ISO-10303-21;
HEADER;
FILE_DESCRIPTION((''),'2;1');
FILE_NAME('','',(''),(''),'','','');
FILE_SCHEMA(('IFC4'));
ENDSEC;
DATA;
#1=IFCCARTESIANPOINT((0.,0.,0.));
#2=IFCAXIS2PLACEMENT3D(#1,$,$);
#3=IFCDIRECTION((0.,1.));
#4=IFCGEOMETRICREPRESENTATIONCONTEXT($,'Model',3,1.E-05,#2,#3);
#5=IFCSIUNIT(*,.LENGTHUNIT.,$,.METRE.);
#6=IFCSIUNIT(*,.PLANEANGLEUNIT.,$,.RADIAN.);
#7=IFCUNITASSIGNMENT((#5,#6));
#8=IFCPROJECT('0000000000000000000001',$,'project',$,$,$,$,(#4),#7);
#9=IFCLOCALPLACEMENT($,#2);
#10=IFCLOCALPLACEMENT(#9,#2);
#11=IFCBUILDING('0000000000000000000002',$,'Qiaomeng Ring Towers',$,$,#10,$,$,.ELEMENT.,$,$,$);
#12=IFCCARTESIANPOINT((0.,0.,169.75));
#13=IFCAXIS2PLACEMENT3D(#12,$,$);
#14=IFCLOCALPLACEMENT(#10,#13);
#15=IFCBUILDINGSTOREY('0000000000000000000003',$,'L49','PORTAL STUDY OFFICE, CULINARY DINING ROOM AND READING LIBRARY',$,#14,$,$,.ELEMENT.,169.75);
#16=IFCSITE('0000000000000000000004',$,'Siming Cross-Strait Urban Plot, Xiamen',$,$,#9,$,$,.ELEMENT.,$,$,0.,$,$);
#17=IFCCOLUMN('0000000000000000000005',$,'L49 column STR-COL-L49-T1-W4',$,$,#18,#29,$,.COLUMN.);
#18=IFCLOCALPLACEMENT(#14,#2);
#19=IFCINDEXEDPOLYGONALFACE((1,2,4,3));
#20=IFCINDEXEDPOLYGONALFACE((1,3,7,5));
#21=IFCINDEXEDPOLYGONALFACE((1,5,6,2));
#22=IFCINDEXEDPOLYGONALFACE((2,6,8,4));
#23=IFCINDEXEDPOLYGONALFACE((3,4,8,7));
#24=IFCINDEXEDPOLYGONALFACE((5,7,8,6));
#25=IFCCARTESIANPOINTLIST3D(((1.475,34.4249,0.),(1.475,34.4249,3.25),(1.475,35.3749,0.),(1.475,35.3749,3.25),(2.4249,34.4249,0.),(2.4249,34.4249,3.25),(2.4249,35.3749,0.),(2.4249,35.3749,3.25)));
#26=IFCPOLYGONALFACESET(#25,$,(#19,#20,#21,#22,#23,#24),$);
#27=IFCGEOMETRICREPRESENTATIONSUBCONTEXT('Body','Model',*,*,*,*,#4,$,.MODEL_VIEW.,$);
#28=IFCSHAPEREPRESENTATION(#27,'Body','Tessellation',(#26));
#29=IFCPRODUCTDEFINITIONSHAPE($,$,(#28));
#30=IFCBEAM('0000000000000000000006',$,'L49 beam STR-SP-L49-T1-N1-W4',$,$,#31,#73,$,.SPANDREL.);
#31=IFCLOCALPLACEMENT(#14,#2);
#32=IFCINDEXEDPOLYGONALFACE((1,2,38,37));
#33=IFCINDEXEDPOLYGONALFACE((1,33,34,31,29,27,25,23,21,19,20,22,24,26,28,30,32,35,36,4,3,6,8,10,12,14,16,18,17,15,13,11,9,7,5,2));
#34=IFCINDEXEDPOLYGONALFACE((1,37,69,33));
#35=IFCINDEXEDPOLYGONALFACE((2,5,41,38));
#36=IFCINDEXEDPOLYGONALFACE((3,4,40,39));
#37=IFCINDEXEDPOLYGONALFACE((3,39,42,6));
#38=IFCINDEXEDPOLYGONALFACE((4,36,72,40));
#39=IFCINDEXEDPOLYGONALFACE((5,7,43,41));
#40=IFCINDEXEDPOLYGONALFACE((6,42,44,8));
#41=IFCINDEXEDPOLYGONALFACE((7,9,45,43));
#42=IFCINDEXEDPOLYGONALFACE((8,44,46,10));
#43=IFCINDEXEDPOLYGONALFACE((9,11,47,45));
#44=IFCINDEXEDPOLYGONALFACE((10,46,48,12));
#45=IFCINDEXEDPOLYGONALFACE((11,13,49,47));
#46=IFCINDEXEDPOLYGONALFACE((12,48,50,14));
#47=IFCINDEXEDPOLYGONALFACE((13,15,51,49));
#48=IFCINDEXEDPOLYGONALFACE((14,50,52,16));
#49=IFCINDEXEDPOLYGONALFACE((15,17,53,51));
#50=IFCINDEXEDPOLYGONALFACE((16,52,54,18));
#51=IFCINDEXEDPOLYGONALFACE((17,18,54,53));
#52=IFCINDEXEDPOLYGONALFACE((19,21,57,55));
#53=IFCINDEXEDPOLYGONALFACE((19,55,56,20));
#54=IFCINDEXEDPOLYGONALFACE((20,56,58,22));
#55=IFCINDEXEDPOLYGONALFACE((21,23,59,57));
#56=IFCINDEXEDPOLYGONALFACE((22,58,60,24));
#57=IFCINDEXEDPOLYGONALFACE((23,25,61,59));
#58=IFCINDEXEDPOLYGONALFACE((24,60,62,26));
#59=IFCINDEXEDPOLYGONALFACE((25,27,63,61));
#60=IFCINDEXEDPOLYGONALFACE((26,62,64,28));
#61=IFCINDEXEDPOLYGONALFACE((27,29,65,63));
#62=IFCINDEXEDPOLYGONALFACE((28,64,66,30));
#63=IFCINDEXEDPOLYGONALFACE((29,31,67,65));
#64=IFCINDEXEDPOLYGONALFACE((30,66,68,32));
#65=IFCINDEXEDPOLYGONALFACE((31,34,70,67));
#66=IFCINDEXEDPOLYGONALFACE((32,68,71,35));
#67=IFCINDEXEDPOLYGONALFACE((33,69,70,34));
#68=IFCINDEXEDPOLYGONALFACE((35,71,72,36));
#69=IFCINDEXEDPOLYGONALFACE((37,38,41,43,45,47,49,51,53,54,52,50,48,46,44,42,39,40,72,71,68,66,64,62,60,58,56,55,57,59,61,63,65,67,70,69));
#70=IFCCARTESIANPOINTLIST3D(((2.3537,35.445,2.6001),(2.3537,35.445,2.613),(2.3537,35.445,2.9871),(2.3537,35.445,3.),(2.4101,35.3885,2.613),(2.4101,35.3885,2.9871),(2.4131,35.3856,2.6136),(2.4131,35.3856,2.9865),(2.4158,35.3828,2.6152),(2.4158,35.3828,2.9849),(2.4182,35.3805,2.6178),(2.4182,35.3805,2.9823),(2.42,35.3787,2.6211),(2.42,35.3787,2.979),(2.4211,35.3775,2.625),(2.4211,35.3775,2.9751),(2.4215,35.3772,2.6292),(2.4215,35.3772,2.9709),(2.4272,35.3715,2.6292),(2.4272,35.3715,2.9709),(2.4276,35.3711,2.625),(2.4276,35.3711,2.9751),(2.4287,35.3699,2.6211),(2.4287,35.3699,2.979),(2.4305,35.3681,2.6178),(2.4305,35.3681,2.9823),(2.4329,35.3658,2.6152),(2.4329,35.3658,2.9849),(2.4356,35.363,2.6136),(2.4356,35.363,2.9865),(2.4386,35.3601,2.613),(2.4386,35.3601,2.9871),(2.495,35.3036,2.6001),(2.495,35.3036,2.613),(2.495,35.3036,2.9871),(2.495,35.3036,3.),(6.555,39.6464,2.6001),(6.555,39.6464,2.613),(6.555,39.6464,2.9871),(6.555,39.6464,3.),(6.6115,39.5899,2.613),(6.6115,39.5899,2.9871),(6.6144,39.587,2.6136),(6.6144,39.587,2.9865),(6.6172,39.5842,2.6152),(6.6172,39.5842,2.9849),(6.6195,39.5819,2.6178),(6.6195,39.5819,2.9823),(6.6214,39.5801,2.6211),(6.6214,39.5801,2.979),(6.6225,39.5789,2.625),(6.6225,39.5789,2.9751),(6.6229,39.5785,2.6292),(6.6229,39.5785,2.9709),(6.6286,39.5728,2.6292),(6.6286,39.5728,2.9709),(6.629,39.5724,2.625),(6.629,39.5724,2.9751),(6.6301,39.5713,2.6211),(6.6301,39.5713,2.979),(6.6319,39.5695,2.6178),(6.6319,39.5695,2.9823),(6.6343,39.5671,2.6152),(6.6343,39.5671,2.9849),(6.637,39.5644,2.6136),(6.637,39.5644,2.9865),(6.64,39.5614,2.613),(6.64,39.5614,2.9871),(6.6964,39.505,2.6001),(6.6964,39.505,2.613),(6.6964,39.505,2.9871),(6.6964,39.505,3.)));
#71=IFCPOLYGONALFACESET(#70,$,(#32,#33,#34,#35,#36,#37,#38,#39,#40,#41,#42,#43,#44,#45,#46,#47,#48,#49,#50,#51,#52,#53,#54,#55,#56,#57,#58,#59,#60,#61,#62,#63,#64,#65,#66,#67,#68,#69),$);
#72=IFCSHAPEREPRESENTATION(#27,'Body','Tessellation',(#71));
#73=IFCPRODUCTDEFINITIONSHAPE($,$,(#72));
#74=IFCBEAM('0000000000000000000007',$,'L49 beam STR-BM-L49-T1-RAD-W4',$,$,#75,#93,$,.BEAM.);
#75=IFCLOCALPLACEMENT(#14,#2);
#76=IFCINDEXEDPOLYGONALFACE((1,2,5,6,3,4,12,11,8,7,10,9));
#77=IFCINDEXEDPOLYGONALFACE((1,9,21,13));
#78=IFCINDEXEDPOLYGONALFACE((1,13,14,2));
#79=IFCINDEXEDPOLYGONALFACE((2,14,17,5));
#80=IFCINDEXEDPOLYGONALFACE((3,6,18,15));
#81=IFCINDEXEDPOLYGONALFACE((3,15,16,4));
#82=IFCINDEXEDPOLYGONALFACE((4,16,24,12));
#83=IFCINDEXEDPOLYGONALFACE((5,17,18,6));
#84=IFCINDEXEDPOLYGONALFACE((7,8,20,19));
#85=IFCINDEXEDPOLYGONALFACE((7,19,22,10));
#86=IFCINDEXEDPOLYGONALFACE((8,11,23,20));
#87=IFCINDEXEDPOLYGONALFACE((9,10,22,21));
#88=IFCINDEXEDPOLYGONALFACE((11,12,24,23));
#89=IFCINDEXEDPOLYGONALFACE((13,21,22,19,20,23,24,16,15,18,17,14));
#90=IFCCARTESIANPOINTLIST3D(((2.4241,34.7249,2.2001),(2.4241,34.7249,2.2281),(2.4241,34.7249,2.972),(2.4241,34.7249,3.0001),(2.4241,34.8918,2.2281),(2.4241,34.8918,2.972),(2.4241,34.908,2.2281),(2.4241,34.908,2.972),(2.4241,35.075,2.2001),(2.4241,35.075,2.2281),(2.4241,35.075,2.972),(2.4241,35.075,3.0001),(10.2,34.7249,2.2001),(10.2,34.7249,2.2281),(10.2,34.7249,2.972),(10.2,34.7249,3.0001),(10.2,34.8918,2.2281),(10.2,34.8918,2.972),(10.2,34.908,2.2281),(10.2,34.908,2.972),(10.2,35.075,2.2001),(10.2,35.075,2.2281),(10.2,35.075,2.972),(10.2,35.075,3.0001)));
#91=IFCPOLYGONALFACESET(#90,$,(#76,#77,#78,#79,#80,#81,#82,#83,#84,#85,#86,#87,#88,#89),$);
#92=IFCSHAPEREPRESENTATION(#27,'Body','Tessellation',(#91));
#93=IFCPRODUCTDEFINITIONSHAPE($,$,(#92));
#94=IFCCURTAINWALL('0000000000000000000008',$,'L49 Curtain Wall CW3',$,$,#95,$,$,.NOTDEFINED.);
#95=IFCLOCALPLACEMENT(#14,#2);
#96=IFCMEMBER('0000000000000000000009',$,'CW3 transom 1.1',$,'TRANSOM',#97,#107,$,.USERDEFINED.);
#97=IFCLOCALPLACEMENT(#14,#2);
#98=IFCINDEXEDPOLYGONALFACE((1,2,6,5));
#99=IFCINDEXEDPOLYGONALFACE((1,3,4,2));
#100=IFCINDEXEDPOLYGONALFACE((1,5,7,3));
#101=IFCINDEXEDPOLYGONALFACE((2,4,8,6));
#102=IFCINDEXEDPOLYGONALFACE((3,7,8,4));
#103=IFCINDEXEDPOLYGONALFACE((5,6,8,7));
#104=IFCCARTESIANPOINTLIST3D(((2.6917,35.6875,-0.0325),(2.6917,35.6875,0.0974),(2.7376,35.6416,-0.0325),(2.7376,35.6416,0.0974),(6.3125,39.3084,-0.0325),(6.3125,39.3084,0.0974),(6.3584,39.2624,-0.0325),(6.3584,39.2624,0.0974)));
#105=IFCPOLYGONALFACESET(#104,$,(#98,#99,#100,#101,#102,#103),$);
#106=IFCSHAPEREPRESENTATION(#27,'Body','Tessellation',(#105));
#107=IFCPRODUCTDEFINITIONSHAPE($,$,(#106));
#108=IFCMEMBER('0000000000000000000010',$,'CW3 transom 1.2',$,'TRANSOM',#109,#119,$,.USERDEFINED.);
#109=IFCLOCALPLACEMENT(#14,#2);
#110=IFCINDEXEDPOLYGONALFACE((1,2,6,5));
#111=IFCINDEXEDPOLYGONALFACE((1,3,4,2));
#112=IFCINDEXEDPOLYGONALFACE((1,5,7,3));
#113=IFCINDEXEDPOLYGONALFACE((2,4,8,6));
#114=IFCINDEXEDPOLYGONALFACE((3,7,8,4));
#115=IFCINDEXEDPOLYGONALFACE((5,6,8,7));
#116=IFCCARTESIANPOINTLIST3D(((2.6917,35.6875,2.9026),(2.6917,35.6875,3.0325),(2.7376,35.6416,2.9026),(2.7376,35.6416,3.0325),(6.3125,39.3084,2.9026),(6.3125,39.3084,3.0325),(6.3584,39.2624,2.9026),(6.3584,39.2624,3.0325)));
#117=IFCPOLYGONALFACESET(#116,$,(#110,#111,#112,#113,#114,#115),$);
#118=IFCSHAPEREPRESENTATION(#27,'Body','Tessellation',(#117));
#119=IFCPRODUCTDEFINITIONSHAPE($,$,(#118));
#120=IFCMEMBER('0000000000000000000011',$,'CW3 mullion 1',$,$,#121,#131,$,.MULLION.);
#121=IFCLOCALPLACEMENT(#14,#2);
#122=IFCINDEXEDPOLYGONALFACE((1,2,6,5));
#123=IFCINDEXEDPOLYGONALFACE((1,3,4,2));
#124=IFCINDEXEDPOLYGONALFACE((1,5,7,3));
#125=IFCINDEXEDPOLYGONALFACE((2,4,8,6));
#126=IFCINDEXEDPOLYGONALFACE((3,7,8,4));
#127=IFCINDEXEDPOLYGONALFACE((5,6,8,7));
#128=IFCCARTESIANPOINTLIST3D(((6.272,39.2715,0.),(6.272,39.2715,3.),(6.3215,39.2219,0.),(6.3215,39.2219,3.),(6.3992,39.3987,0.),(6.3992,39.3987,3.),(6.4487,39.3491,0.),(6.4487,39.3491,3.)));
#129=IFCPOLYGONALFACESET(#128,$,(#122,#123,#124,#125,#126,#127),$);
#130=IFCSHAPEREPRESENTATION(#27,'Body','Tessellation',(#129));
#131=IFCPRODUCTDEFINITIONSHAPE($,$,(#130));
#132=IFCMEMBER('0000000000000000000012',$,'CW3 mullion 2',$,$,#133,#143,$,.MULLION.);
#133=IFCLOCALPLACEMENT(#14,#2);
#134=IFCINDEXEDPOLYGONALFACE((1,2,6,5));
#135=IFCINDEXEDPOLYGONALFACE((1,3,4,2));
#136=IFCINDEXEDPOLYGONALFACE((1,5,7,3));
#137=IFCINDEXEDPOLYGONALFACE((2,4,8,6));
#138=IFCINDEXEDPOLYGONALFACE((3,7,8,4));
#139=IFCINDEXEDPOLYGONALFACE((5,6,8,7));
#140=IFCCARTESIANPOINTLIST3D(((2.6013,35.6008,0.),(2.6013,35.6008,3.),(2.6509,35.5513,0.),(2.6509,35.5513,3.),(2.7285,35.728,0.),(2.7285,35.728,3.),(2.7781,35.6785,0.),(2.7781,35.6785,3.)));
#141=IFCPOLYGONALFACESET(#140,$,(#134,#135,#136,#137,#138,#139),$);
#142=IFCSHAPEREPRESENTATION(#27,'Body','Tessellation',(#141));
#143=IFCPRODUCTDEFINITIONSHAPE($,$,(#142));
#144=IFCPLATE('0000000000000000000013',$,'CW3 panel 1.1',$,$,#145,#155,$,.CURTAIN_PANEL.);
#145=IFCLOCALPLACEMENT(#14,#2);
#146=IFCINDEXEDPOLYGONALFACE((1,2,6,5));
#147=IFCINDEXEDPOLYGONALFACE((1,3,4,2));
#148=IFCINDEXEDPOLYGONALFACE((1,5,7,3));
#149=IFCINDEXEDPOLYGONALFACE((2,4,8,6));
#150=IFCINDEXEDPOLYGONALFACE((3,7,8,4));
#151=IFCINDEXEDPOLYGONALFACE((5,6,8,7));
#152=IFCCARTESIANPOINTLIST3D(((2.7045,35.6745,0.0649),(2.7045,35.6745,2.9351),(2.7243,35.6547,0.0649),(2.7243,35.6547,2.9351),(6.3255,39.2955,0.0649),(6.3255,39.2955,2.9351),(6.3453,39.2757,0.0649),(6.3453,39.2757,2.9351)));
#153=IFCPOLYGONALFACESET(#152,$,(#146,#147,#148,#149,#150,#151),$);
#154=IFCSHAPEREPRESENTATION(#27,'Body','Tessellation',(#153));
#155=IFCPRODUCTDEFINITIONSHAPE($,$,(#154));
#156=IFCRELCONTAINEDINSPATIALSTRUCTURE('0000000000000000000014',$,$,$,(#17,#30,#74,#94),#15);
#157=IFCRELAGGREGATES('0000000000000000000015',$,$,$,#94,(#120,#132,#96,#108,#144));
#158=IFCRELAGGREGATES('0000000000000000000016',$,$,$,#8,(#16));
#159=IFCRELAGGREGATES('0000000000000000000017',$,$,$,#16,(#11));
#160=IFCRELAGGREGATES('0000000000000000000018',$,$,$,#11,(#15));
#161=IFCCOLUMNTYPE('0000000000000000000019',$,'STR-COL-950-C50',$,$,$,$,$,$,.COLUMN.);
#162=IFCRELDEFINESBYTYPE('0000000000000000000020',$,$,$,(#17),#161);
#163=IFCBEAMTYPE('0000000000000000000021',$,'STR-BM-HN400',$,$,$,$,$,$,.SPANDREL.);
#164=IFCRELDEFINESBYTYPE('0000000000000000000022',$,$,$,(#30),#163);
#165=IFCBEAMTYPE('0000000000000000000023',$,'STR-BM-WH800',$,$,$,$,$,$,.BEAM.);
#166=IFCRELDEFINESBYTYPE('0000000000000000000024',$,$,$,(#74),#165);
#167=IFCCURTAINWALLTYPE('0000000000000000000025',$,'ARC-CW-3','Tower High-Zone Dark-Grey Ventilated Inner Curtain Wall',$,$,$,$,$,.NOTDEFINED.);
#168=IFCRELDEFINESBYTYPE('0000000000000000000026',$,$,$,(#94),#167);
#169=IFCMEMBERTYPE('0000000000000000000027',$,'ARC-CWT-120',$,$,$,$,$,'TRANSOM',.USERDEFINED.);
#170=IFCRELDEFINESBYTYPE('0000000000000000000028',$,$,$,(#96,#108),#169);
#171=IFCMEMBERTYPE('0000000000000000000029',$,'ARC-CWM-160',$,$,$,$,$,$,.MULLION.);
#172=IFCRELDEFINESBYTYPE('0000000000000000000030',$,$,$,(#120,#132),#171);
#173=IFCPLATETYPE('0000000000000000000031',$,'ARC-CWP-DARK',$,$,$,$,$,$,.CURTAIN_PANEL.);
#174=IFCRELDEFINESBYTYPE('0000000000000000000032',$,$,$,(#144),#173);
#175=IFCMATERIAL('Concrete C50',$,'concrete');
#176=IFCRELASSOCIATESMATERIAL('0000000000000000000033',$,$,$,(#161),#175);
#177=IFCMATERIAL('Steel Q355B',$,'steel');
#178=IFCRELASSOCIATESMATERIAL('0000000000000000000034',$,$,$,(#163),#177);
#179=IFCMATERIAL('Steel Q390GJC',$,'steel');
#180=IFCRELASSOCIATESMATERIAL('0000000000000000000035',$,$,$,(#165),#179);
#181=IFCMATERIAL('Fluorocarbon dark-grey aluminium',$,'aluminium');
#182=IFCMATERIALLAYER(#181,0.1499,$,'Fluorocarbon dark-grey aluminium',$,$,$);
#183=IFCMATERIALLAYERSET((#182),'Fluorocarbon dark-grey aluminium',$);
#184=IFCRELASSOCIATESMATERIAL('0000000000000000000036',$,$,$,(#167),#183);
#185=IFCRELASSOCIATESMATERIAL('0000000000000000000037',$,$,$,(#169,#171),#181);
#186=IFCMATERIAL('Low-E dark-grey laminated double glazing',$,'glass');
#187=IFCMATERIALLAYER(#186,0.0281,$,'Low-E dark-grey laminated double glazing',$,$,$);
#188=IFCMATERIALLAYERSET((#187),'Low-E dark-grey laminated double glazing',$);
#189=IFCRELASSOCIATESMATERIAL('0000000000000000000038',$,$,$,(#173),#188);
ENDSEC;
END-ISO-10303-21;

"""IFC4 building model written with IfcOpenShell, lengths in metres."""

from ifc_helpers import new_model, si_unit, direction, frame, origin, origin_2d, place, context, subcontext, project, spatial, rectangle, i_section, extrude, source, transform, mapped, material, layer, layer_set, material_profile, profile_set, type_object, element, aggregate, save


model = new_model("IFC4")

# Units and contexts
model_context = context("Model", 3, precision=1e-05, world=origin(), true_north=direction((0.0, 1.0)))
body_context = subcontext(model_context, "Body", "Model", "MODEL_VIEW")
ifc_project = project(units=[si_unit("LENGTHUNIT", "METRE"), si_unit("PLANEANGLEUNIT", "RADIAN")], contexts=[model_context])

# Site, building, storey
site_placement = place(None, origin())
site = spatial("IfcSite", under=ifc_project, at=site_placement, Name="Siming Cross-Strait Urban Plot, Xiamen", CompositionType="ELEMENT", RefElevation=0.0)
building_placement = place(site_placement, origin())
building = spatial("IfcBuilding", under=site, at=building_placement, Name="Qiaomeng Ring Towers", CompositionType="ELEMENT")
storey_placement = place(building_placement, frame((0.0, 0.0, 169.75)))
storey = spatial("IfcBuildingStorey", under=building, at=storey_placement, Name="L49", Description="PORTAL STUDY OFFICE, CULINARY DINING ROOM AND READING LIBRARY", CompositionType="ELEMENT", Elevation=169.75)

# Column
ifc_material_1 = material(Name="Concrete C50", Category="concrete")
ifc_material_profile_1 = material_profile(ifc_material_1, rectangle(XDim=0.95, YDim=0.95, at=origin_2d()), Name="RC COL 950x950")
ifc_profile_set_1 = profile_set([ifc_material_profile_1], Name="Concrete C50")
column_type = type_object("IfcColumnType", Name="STR-COL-950-C50", PredefinedType="COLUMN", material=ifc_profile_set_1)
shared_shape_1 = source(origin(), body_context, "Body", "SweptSolid", [
    extrude(rectangle(XDim=0.95, YDim=0.95, at=origin_2d()), origin(), (0.0, 0.0, 1.0), 3.25),
])
column_placement = place(storey_placement, frame((1.95, 34.8999, 0.0), z_axis=(0.0, 0.0, 1.0), x_axis=(1.0, 0.0, 0.0)))
element("IfcColumn", 1, at=column_placement, inside=storey, type_object=column_type, Name="L49 column STR-COL-L49-T1-W4", PredefinedType="COLUMN", context=body_context, shape_type="MappedRepresentation", body=[
    mapped(shared_shape_1, transform((0.0, 0.0, 0.0), x_axis=(1.0, 0.0, 0.0), y_axis=(0.0, 1.0, 0.0), z_axis=(0.0, 0.0, 1.0), scale=1.0)),
])

# Beams
ifc_material_2 = material(Name="Steel Q355B", Category="steel")
ifc_material_profile_2 = material_profile(ifc_material_2, i_section(OverallWidth=0.2, OverallDepth=0.3999, WebThickness=0.0081, FlangeThickness=0.0129, FilletRadius=0.0161, at=origin_2d()), Name="HN 400x200x8x13")
ifc_profile_set_2 = profile_set([ifc_material_profile_2], Name="Steel Q355B")
beam_type_1 = type_object("IfcBeamType", Name="STR-BM-HN400", PredefinedType="SPANDREL", material=ifc_profile_set_2)
shared_shape_2 = source(origin(), body_context, "Body", "SweptSolid", [
    extrude(i_section(OverallWidth=0.2, OverallDepth=0.3999, WebThickness=0.0081, FlangeThickness=0.0129, FilletRadius=0.0161, at=origin_2d()), origin(), (0.0, 0.0, 1.0), 5.9417),
])
beam_1_placement = place(storey_placement, frame((6.6257, 39.5757, 2.8), z_axis=(-0.707107, -0.707107, 0.0), x_axis=(0.707107, -0.707107, 0.0)))
element("IfcBeam", 2, at=beam_1_placement, inside=storey, type_object=beam_type_1, Name="L49 beam STR-SP-L49-T1-N1-W4", PredefinedType="SPANDREL", context=body_context, shape_type="MappedRepresentation", body=[
    mapped(shared_shape_2, transform((0.0, 0.0, 0.0), x_axis=(1.0, 0.0, 0.0), y_axis=(0.0, 1.0, 0.0), z_axis=(0.0, 0.0, 1.0), scale=1.0)),
])
ifc_material_3 = material(Name="Steel Q390GJC", Category="steel")
ifc_material_profile_3 = material_profile(ifc_material_3, i_section(OverallWidth=0.3501, OverallDepth=0.8, WebThickness=0.0161, FlangeThickness=0.0281, at=origin_2d()), Name="WH 800x350x16x28")
ifc_profile_set_3 = profile_set([ifc_material_profile_3], Name="Steel Q390GJC")
beam_type_2 = type_object("IfcBeamType", Name="STR-BM-WH800", PredefinedType="BEAM", material=ifc_profile_set_3)
shared_shape_3 = source(origin(), body_context, "Body", "SweptSolid", [
    extrude(i_section(OverallWidth=0.3501, OverallDepth=0.8, WebThickness=0.0161, FlangeThickness=0.0281, at=origin_2d()), origin(), (0.0, 0.0, 1.0), 7.7759),
])
beam_2_placement = place(storey_placement, frame((2.4241, 34.8999, 2.6001), z_axis=(1.0, 0.0, 0.0), x_axis=(0.0, 1.0, 0.0)))
element("IfcBeam", 3, at=beam_2_placement, inside=storey, type_object=beam_type_2, Name="L49 beam STR-BM-L49-T1-RAD-W4", PredefinedType="BEAM", context=body_context, shape_type="MappedRepresentation", body=[
    mapped(shared_shape_3, transform((0.0, 0.0, 0.0), x_axis=(1.0, 0.0, 0.0), y_axis=(0.0, 1.0, 0.0), z_axis=(0.0, 0.0, 1.0), scale=1.0)),
])

# Curtain wall, members, plate
ifc_material_4 = material(Name="Fluorocarbon dark-grey aluminium", Category="aluminium")
ifc_layer_1 = layer(ifc_material_4, 0.1499, Name="Fluorocarbon dark-grey aluminium")
ifc_layer_set_1 = layer_set([ifc_layer_1], Name="Fluorocarbon dark-grey aluminium")
curtain_wall_type = type_object("IfcCurtainWallType", Name="ARC-CW-3", Description="Tower High-Zone Dark-Grey Ventilated Inner Curtain Wall", PredefinedType="NOTDEFINED", material=ifc_layer_set_1)
curtain_wall_placement = place(storey_placement, origin())
curtain_wall = element("IfcCurtainWall", 4, at=curtain_wall_placement, inside=storey, type_object=curtain_wall_type, Name="L49 Curtain Wall CW3", PredefinedType="NOTDEFINED")
ifc_material_profile_4 = material_profile(ifc_material_4, rectangle(XDim=0.0649, YDim=0.1299, at=origin_2d()), Name="ALU TRAN 65x130")
ifc_profile_set_4 = profile_set([ifc_material_profile_4], Name="Fluorocarbon dark-grey aluminium")
member_type_1 = type_object("IfcMemberType", Name="ARC-CWT-120", ElementType="TRANSOM", PredefinedType="USERDEFINED", material=ifc_profile_set_4)
shared_shape_4 = source(origin(), body_context, "Body", "SweptSolid", [
    extrude(rectangle(XDim=0.0649, YDim=0.1299, at=origin_2d()), origin(), (0.0, 0.0, 1.0), 5.1206),
])
member_1_placement = place(storey_placement, frame((6.3354, 39.2854, 0.0325), z_axis=(-0.707107, -0.707107, 0.0), x_axis=(0.707107, -0.707107, 0.0)))
member_1 = element("IfcMember", 5, at=member_1_placement, type_object=member_type_1, Name="CW3 transom 1.1", ObjectType="TRANSOM", PredefinedType="USERDEFINED", context=body_context, shape_type="MappedRepresentation", body=[
    mapped(shared_shape_4, transform((0.0, 0.0, 0.0), x_axis=(1.0, 0.0, 0.0), y_axis=(0.0, 1.0, 0.0), z_axis=(0.0, 0.0, 1.0), scale=1.0)),
])
member_2_placement = place(storey_placement, frame((6.3354, 39.2854, 2.9675), z_axis=(-0.707107, -0.707107, 0.0), x_axis=(0.707107, -0.707107, 0.0)))
member_2 = element("IfcMember", 6, at=member_2_placement, type_object=member_type_1, Name="CW3 transom 1.2", ObjectType="TRANSOM", PredefinedType="USERDEFINED", context=body_context, shape_type="MappedRepresentation", body=[
    mapped(shared_shape_4, transform((0.0, 0.0, 0.0), x_axis=(1.0, 0.0, 0.0), y_axis=(0.0, 1.0, 0.0), z_axis=(0.0, 0.0, 1.0), scale=1.0)),
])
ifc_material_profile_5 = material_profile(ifc_material_4, rectangle(XDim=0.0701, YDim=0.1799, at=origin_2d()), Name="ALU MULL 70x180")
ifc_profile_set_5 = profile_set([ifc_material_profile_5], Name="Fluorocarbon dark-grey aluminium")
member_type_2 = type_object("IfcMemberType", Name="ARC-CWM-160", PredefinedType="MULLION", material=ifc_profile_set_5)
shared_shape_5 = source(origin(), body_context, "Body", "SweptSolid", [
    extrude(rectangle(XDim=0.0701, YDim=0.1799, at=origin_2d()), origin(), (0.0, 0.0, 1.0), 3.0),
])
member_3_placement = place(storey_placement, frame((6.3604, 39.3103, 0.0), z_axis=(0.0, 0.0, 1.0), x_axis=(0.707107, -0.707107, 0.0)))
member_3 = element("IfcMember", 7, at=member_3_placement, type_object=member_type_2, Name="CW3 mullion 1", PredefinedType="MULLION", context=body_context, shape_type="MappedRepresentation", body=[
    mapped(shared_shape_5, transform((0.0, 0.0, 0.0), x_axis=(1.0, 0.0, 0.0), y_axis=(0.0, 1.0, 0.0), z_axis=(0.0, 0.0, 1.0), scale=1.0)),
])
member_4_placement = place(storey_placement, frame((2.6897, 35.6396, 0.0), z_axis=(0.0, 0.0, 1.0), x_axis=(0.707107, -0.707107, 0.0)))
member_4 = element("IfcMember", 8, at=member_4_placement, type_object=member_type_2, Name="CW3 mullion 2", PredefinedType="MULLION", context=body_context, shape_type="MappedRepresentation", body=[
    mapped(shared_shape_5, transform((0.0, 0.0, 0.0), x_axis=(1.0, 0.0, 0.0), y_axis=(0.0, 1.0, 0.0), z_axis=(0.0, 0.0, 1.0), scale=1.0)),
])
ifc_material_5 = material(Name="Low-E dark-grey laminated double glazing", Category="glass")
ifc_layer_2 = layer(ifc_material_5, 0.0281, Name="Low-E dark-grey laminated double glazing")
ifc_layer_set_2 = layer_set([ifc_layer_2], Name="Low-E dark-grey laminated double glazing")
plate_type = type_object("IfcPlateType", Name="ARC-CWP-DARK", PredefinedType="CURTAIN_PANEL", material=ifc_layer_set_2)
shared_shape_6 = source(origin(), body_context, "Body", "SweptSolid", [
    extrude(rectangle(XDim=5.1208, YDim=0.0281, at=origin_2d()), origin(), (0.0, 0.0, 1.0), 2.8701),
])
plate_placement = place(storey_placement, frame((4.5249, 37.4751, 0.0649), z_axis=(0.0, 0.0, 1.0), x_axis=(-0.707107, -0.707107, 0.0)))
plate = element("IfcPlate", 9, at=plate_placement, type_object=plate_type, Name="CW3 panel 1.1", PredefinedType="CURTAIN_PANEL", context=body_context, shape_type="MappedRepresentation", body=[
    mapped(shared_shape_6, transform((0.0, 0.0, 0.0), x_axis=(1.0, 0.0, 0.0), y_axis=(0.0, 1.0, 0.0), z_axis=(0.0, 0.0, 1.0), scale=1.0)),
])
aggregate(curtain_wall, [member_3, member_4, member_1, member_2, plate])

save(model, "model.ifc")
